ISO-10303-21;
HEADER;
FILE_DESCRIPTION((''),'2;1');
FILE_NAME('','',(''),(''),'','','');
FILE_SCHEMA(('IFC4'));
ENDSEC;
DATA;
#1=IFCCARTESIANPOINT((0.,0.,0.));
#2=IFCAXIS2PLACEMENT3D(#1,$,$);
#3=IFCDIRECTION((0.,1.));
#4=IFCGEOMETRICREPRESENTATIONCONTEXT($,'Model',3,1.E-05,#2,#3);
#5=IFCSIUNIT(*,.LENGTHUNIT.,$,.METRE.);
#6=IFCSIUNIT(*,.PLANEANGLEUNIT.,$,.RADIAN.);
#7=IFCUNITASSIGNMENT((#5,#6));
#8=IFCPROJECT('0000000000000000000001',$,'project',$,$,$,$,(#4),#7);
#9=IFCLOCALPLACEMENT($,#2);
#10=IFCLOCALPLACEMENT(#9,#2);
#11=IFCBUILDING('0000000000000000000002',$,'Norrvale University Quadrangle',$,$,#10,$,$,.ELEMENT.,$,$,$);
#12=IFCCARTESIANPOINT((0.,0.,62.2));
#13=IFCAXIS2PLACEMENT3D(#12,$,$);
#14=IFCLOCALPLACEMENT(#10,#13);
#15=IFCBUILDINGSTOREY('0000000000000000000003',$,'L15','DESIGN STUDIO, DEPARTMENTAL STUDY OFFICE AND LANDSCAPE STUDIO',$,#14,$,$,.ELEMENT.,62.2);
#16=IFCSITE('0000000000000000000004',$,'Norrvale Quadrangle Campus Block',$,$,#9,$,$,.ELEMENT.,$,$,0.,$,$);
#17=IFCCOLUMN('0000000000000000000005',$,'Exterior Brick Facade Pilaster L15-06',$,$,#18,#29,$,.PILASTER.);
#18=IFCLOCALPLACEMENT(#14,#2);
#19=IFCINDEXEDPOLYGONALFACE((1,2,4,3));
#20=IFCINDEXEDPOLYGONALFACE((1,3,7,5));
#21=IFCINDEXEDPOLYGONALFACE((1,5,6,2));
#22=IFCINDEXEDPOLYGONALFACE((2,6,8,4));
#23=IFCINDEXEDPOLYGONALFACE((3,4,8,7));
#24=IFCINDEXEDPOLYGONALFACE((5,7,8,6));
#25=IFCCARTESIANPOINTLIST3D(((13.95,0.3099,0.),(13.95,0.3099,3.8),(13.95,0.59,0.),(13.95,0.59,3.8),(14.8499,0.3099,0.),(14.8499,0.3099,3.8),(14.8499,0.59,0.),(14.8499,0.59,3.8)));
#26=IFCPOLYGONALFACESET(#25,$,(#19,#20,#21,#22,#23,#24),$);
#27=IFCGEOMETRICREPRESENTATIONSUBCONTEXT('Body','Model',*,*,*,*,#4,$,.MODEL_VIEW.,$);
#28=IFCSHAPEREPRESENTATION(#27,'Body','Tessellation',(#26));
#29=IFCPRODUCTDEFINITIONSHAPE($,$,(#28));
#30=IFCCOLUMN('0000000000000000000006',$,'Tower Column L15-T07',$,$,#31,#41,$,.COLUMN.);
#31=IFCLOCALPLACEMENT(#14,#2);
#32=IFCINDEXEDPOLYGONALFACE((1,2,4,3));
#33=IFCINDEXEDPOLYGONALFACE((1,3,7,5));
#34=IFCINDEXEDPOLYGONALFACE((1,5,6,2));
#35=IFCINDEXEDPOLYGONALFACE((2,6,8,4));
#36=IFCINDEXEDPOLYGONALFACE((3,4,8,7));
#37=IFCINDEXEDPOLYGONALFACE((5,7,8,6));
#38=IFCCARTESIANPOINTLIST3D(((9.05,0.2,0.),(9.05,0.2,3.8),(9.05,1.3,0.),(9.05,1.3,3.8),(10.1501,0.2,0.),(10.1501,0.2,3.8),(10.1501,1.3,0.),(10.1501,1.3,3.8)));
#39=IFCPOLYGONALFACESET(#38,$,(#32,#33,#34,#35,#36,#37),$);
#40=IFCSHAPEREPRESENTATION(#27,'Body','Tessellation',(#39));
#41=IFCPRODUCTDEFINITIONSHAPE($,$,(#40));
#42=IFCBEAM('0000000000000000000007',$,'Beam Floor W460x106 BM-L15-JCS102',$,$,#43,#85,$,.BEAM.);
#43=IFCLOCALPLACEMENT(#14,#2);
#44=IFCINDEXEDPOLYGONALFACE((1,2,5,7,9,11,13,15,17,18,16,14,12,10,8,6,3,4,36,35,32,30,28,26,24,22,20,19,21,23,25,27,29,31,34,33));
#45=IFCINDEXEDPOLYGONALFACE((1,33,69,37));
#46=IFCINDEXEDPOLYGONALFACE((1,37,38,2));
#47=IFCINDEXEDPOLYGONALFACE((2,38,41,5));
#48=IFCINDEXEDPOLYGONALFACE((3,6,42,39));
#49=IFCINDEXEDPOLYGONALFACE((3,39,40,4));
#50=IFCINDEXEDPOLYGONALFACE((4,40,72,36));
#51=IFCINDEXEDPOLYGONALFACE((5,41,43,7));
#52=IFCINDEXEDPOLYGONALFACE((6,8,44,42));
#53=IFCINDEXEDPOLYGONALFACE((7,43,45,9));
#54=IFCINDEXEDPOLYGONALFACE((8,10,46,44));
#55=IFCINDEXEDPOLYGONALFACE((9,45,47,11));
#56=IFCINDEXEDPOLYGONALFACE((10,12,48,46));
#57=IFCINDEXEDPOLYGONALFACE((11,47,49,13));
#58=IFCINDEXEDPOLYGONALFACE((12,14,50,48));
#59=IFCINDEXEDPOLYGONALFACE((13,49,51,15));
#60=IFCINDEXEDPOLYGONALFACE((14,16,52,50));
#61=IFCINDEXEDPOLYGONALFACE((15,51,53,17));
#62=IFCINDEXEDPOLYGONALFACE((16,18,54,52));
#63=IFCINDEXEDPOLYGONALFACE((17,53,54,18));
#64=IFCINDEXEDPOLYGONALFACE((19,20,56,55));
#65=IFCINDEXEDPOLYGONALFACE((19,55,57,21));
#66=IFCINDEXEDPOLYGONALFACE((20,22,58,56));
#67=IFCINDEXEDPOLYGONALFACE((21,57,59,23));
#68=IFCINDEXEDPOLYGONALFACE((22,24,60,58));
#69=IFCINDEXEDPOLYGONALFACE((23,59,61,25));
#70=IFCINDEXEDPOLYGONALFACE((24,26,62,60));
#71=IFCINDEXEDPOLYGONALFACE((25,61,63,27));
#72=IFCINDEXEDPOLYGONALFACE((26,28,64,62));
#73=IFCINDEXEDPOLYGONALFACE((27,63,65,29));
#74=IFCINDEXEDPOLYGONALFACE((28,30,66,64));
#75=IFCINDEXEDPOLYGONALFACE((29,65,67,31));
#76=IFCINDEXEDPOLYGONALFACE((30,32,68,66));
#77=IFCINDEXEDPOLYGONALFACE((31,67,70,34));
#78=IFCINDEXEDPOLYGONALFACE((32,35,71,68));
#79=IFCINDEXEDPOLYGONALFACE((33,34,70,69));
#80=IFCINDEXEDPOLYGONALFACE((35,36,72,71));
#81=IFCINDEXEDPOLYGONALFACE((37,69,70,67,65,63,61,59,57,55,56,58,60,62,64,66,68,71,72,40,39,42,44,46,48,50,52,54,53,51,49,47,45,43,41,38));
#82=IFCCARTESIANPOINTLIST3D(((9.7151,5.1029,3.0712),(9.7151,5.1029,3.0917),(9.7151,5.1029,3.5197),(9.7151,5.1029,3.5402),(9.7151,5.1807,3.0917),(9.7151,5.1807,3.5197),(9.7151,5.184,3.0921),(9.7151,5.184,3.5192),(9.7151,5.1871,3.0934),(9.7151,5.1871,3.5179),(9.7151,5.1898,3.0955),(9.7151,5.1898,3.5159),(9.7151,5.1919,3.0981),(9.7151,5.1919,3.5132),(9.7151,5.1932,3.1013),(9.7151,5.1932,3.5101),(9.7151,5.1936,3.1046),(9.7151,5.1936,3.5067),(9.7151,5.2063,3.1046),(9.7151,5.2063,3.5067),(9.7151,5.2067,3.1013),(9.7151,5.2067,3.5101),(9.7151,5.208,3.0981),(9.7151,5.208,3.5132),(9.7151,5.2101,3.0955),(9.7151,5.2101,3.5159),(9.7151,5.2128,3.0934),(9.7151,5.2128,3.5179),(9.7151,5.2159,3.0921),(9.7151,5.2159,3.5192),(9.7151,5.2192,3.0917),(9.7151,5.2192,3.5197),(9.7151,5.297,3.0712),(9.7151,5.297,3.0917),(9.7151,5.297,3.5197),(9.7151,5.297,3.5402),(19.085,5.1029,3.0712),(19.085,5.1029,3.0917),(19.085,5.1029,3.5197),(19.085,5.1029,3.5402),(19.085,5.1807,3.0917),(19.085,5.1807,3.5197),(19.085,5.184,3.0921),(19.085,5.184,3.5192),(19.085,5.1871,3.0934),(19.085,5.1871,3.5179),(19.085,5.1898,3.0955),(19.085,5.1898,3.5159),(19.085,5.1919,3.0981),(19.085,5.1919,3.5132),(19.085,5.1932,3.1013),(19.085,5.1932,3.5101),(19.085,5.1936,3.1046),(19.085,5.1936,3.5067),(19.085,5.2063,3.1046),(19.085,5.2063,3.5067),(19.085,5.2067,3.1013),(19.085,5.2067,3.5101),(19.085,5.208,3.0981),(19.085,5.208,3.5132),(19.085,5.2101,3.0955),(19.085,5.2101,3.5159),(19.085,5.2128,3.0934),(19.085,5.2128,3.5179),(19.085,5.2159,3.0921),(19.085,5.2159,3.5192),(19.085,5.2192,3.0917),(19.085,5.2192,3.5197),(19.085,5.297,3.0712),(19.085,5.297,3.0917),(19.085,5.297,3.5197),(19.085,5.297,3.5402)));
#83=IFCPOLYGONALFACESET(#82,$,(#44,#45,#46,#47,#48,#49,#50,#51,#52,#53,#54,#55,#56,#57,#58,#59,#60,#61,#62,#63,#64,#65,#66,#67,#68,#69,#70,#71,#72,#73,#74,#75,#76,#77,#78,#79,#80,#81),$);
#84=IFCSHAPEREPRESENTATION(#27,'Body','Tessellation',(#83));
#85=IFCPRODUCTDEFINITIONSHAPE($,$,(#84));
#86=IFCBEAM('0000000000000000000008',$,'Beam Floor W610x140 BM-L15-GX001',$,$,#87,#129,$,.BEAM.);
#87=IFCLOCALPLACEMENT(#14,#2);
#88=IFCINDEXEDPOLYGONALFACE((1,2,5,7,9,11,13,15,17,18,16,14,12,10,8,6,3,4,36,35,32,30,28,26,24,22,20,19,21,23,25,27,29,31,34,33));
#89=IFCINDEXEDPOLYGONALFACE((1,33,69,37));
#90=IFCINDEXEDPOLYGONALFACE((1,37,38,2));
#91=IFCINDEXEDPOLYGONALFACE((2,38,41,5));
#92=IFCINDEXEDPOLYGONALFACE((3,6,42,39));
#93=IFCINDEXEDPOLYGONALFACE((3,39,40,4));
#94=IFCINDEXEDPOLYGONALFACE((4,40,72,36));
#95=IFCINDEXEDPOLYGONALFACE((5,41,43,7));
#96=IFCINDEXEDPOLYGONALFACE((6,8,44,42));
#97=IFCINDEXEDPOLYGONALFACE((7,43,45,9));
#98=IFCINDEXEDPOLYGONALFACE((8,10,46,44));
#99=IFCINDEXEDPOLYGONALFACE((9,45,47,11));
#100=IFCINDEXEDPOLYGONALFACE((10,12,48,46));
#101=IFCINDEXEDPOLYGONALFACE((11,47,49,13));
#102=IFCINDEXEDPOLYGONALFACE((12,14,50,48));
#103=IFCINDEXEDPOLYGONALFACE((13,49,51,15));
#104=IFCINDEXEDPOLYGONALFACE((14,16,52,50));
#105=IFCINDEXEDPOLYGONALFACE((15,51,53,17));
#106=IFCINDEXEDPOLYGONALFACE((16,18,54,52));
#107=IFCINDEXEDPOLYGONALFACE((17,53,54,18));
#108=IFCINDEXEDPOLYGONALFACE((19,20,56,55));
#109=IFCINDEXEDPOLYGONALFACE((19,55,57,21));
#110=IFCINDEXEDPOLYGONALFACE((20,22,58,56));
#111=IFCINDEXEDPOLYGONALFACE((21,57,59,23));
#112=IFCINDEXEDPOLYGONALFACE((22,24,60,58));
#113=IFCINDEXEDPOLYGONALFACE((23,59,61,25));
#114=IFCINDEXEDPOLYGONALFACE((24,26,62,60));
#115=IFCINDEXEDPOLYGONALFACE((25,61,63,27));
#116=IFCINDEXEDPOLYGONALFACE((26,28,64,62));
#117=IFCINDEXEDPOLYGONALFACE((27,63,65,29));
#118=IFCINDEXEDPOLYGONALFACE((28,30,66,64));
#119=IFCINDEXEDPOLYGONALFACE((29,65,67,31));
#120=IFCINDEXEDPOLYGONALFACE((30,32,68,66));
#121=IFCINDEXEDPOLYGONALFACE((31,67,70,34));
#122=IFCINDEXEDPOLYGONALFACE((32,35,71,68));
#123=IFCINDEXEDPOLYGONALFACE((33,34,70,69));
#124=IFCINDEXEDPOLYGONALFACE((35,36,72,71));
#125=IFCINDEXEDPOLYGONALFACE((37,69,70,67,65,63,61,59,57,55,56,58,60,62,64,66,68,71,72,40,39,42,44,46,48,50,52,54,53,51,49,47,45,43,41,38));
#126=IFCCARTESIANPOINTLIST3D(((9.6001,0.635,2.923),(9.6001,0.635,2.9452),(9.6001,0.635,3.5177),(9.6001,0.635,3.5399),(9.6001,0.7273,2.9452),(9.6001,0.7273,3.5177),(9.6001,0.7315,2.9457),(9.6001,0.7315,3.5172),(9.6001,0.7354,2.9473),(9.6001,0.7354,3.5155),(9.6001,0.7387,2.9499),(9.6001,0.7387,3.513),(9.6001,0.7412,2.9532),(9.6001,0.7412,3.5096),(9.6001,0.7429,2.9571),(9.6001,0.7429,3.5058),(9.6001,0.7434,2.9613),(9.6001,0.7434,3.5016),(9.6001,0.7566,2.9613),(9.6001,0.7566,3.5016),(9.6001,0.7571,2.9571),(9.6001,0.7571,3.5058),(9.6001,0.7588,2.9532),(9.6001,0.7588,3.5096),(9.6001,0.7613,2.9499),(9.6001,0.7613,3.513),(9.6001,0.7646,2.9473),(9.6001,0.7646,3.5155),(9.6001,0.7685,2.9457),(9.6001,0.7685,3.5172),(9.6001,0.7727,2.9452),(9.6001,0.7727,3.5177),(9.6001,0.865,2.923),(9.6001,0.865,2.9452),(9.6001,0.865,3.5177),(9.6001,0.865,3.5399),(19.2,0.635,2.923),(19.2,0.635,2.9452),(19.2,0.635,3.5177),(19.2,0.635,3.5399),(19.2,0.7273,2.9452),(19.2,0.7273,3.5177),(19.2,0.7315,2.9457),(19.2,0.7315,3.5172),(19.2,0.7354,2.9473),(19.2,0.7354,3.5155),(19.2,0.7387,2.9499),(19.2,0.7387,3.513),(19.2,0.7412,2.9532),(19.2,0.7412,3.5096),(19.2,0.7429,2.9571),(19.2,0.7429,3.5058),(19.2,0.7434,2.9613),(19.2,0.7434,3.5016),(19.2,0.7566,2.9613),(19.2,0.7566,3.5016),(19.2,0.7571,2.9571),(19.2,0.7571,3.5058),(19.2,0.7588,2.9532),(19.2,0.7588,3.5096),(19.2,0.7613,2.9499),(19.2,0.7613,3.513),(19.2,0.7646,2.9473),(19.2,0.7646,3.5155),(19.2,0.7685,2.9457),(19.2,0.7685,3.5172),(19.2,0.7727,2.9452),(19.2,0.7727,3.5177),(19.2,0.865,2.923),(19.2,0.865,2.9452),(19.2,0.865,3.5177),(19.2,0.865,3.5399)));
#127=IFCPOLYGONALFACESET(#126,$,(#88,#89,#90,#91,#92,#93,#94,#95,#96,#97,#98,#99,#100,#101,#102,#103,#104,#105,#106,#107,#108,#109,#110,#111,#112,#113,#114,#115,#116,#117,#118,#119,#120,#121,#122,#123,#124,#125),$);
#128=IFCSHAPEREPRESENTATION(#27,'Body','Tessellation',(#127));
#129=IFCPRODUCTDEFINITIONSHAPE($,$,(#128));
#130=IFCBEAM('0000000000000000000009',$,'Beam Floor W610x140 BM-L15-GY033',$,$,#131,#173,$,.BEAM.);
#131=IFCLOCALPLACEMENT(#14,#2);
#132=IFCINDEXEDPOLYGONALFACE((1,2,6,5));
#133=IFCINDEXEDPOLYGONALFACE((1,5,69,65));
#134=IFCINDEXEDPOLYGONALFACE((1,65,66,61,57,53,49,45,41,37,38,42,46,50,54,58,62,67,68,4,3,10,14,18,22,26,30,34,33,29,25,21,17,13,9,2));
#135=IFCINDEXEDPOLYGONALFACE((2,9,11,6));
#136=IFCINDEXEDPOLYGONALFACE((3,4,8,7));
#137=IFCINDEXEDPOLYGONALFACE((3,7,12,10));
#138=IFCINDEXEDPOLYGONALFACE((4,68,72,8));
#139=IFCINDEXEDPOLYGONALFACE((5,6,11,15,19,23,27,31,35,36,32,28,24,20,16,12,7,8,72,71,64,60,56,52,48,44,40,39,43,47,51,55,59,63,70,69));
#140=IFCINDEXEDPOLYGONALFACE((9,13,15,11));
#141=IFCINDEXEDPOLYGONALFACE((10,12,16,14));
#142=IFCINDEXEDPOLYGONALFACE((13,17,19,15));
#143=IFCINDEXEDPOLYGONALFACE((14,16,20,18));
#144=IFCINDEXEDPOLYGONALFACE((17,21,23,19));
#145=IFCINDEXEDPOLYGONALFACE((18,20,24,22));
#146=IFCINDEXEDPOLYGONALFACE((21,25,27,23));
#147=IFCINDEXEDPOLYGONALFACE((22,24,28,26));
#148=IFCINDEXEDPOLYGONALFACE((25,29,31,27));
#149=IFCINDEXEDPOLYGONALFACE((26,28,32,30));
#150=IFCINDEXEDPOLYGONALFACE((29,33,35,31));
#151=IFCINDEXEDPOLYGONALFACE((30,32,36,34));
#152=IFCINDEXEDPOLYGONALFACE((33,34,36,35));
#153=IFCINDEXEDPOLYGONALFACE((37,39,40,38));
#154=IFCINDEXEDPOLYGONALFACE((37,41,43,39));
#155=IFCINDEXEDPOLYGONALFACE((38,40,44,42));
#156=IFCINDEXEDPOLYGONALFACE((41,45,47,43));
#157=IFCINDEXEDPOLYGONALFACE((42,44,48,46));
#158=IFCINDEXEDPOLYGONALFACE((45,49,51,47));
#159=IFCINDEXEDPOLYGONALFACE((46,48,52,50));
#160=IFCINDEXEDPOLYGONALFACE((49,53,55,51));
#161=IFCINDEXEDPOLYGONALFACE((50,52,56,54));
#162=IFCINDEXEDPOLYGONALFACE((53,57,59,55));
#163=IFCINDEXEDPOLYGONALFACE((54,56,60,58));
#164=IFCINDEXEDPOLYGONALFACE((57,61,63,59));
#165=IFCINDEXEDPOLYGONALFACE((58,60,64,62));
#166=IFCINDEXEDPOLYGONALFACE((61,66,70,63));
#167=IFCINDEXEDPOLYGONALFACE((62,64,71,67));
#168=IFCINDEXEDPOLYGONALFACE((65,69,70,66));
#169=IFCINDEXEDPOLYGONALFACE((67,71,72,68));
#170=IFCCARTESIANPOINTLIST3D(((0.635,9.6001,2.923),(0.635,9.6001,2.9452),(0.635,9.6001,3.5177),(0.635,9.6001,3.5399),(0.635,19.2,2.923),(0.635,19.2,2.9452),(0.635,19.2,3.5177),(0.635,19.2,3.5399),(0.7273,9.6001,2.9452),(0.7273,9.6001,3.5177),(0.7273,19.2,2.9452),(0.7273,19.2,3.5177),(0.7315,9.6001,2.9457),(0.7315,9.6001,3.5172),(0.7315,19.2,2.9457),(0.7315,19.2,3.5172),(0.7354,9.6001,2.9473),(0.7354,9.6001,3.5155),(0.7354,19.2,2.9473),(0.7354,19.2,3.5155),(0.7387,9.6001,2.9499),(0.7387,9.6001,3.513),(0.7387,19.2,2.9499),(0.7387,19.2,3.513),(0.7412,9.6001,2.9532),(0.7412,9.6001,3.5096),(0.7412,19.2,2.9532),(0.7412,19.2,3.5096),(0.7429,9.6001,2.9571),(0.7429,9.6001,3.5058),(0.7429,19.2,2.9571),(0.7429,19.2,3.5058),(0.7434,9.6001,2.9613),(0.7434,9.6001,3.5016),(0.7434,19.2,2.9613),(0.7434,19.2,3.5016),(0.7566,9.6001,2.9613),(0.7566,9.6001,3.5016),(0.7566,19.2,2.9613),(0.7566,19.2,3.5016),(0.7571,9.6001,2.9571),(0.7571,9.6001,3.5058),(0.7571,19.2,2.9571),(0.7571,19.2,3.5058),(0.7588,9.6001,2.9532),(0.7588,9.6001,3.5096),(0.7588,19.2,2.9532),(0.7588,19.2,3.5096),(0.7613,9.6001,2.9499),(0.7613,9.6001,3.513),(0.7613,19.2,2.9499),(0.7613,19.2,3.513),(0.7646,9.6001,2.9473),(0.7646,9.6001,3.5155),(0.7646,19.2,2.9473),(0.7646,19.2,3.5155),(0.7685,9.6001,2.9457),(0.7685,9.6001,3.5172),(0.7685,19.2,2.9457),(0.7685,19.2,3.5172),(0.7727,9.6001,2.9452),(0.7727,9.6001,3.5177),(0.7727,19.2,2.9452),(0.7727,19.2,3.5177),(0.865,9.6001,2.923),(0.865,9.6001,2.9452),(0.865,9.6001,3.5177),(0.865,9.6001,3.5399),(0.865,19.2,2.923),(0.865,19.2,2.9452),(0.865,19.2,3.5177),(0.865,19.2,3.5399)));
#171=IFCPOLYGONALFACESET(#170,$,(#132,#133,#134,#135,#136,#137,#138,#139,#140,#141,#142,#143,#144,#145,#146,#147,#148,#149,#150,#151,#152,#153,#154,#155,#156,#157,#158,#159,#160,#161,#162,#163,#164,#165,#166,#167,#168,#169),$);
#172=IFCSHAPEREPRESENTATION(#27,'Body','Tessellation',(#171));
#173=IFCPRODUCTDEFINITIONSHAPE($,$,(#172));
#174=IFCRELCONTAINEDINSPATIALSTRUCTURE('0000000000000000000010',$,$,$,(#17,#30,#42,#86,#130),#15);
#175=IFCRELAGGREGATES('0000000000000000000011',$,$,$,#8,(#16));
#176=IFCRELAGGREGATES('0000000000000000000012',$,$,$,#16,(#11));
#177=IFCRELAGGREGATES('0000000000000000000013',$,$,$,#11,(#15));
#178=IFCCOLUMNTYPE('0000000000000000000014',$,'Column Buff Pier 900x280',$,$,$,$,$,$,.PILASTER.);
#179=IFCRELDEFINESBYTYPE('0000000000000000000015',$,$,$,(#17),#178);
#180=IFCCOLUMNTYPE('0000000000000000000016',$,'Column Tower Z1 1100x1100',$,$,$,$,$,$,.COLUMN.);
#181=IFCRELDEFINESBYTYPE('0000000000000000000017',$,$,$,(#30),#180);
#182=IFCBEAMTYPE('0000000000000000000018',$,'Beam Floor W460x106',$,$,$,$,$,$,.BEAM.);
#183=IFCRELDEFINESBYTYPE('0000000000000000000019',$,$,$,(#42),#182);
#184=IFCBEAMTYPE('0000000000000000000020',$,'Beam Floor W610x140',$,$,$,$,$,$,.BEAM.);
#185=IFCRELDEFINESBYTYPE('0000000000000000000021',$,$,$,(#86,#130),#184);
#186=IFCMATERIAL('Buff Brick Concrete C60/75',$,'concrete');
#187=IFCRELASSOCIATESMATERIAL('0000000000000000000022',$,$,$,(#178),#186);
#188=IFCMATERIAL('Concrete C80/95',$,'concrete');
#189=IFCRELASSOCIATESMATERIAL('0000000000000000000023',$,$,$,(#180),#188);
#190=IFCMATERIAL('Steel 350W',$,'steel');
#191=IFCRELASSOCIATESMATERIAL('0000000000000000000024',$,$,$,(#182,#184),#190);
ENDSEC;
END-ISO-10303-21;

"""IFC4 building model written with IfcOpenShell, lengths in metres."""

from ifc_helpers import new_model, si_unit, direction, frame, origin, origin_2d, place, context, subcontext, project, spatial, rectangle, i_section, extrude, material, material_profile, profile_set, type_object, element, save


model = new_model("IFC4")

# Units and contexts
model_context = context("Model", 3, precision=1e-05, world=origin(), true_north=direction((0.0, 1.0)))
body_context = subcontext(model_context, "Body", "Model", "MODEL_VIEW")
ifc_project = project(units=[si_unit("LENGTHUNIT", "METRE"), si_unit("PLANEANGLEUNIT", "RADIAN")], contexts=[model_context])

# Site, building, storey
site_placement = place(None, origin())
site = spatial("IfcSite", under=ifc_project, at=site_placement, Name="Norrvale Quadrangle Campus Block", CompositionType="ELEMENT", RefElevation=0.0)
building_placement = place(site_placement, origin())
building = spatial("IfcBuilding", under=site, at=building_placement, Name="Norrvale University Quadrangle", CompositionType="ELEMENT")
storey_placement = place(building_placement, frame((0.0, 0.0, 62.2)))
storey = spatial("IfcBuildingStorey", under=building, at=storey_placement, Name="L15", Description="DESIGN STUDIO, DEPARTMENTAL STUDY OFFICE AND LANDSCAPE STUDIO", CompositionType="ELEMENT", Elevation=62.2)

# Columns
ifc_material_1 = material(Name="Buff Brick Concrete C60/75", Category="concrete")
ifc_material_profile_1 = material_profile(ifc_material_1, rectangle(XDim=0.8999, YDim=0.28, at=origin_2d()), Name="Buff Brick Concrete C60/75")
ifc_profile_set_1 = profile_set([ifc_material_profile_1], Name="Buff Brick Concrete C60/75")
column_type_1 = type_object("IfcColumnType", Name="Column Buff Pier 900x280", PredefinedType="PILASTER", material=ifc_profile_set_1)
column_1_placement = place(storey_placement, frame((14.3999, 0.45, 0.0), z_axis=(0.0, 0.0, 1.0), x_axis=(1.0, 0.0, 0.0)))
element("IfcColumn", 1, at=column_1_placement, inside=storey, type_object=column_type_1, Name="Exterior Brick Facade Pilaster L15-06", PredefinedType="PILASTER", context=body_context, shape_type="SweptSolid", body=[
    extrude(rectangle(XDim=0.8999, YDim=0.28, at=origin_2d()), origin(), (0.0, 0.0, 1.0), 3.8),
])
ifc_material_2 = material(Name="Concrete C80/95", Category="concrete")
ifc_material_profile_2 = material_profile(ifc_material_2, rectangle(XDim=1.1001, YDim=1.1001, at=origin_2d()), Name="Concrete C80/95")
ifc_profile_set_2 = profile_set([ifc_material_profile_2], Name="Concrete C80/95")
column_type_2 = type_object("IfcColumnType", Name="Column Tower Z1 1100x1100", PredefinedType="COLUMN", material=ifc_profile_set_2)
column_2_placement = place(storey_placement, frame((9.6001, 0.75, 0.0), z_axis=(0.0, 0.0, 1.0), x_axis=(1.0, 0.0, 0.0)))
element("IfcColumn", 2, at=column_2_placement, inside=storey, type_object=column_type_2, Name="Tower Column L15-T07", PredefinedType="COLUMN", context=body_context, shape_type="SweptSolid", body=[
    extrude(rectangle(XDim=1.1001, YDim=1.1001, at=origin_2d()), origin(), (0.0, 0.0, 1.0), 3.8),
])

# Beams
ifc_material_3 = material(Name="Steel 350W", Category="steel")
ifc_material_profile_3 = material_profile(ifc_material_3, i_section(OverallWidth=0.1941, OverallDepth=0.469, WebThickness=0.0127, FlangeThickness=0.0205, FilletRadius=0.0129, at=origin_2d()), Name="Steel 350W")
ifc_profile_set_3 = profile_set([ifc_material_profile_3], Name="Steel 350W")
beam_type_1 = type_object("IfcBeamType", Name="Beam Floor W460x106", PredefinedType="BEAM", material=ifc_profile_set_3)
beam_1_placement = place(storey_placement, frame((9.7151, 5.2, 3.3057), z_axis=(1.0, 0.0, 0.0), x_axis=(0.0, 1.0, 0.0)))
element("IfcBeam", 3, at=beam_1_placement, inside=storey, type_object=beam_type_1, Name="Beam Floor W460x106 BM-L15-JCS102", PredefinedType="BEAM", context=body_context, shape_type="SweptSolid", body=[
    extrude(i_section(OverallWidth=0.1941, OverallDepth=0.469, WebThickness=0.0127, FlangeThickness=0.0205, FilletRadius=0.0129, at=origin_2d()), origin(), (0.0, 0.0, 1.0), 9.3699),
])
ifc_material_profile_4 = material_profile(ifc_material_3, i_section(OverallWidth=0.23, OverallDepth=0.6169, WebThickness=0.0132, FlangeThickness=0.0222, FilletRadius=0.0161, at=origin_2d()), Name="Steel 350W")
ifc_profile_set_4 = profile_set([ifc_material_profile_4], Name="Steel 350W")
beam_type_2 = type_object("IfcBeamType", Name="Beam Floor W610x140", PredefinedType="BEAM", material=ifc_profile_set_4)
for number, where, z_axis, x_axis, name in (
    (4, (9.6001, 0.75, 3.2314), (1.0, 0.0, 0.0), (0.0, 1.0, 0.0), "Beam Floor W610x140 BM-L15-GX001"),
    (5, (0.75, 9.6001, 3.2314), (0.0, 1.0, 0.0), (-1.0, 0.0, 0.0), "Beam Floor W610x140 BM-L15-GY033"),
):
    element("IfcBeam", number, at=place(storey_placement, frame(where, z_axis=z_axis, x_axis=x_axis)), inside=storey, type_object=beam_type_2, Name=name, PredefinedType="BEAM", context=body_context, shape_type="SweptSolid", body=[
        extrude(i_section(OverallWidth=0.23, OverallDepth=0.6169, WebThickness=0.0132, FlangeThickness=0.0222, FilletRadius=0.0161, at=origin_2d()), origin(), (0.0, 0.0, 1.0), 9.5999),
    ])

save(model, "model.ifc")
